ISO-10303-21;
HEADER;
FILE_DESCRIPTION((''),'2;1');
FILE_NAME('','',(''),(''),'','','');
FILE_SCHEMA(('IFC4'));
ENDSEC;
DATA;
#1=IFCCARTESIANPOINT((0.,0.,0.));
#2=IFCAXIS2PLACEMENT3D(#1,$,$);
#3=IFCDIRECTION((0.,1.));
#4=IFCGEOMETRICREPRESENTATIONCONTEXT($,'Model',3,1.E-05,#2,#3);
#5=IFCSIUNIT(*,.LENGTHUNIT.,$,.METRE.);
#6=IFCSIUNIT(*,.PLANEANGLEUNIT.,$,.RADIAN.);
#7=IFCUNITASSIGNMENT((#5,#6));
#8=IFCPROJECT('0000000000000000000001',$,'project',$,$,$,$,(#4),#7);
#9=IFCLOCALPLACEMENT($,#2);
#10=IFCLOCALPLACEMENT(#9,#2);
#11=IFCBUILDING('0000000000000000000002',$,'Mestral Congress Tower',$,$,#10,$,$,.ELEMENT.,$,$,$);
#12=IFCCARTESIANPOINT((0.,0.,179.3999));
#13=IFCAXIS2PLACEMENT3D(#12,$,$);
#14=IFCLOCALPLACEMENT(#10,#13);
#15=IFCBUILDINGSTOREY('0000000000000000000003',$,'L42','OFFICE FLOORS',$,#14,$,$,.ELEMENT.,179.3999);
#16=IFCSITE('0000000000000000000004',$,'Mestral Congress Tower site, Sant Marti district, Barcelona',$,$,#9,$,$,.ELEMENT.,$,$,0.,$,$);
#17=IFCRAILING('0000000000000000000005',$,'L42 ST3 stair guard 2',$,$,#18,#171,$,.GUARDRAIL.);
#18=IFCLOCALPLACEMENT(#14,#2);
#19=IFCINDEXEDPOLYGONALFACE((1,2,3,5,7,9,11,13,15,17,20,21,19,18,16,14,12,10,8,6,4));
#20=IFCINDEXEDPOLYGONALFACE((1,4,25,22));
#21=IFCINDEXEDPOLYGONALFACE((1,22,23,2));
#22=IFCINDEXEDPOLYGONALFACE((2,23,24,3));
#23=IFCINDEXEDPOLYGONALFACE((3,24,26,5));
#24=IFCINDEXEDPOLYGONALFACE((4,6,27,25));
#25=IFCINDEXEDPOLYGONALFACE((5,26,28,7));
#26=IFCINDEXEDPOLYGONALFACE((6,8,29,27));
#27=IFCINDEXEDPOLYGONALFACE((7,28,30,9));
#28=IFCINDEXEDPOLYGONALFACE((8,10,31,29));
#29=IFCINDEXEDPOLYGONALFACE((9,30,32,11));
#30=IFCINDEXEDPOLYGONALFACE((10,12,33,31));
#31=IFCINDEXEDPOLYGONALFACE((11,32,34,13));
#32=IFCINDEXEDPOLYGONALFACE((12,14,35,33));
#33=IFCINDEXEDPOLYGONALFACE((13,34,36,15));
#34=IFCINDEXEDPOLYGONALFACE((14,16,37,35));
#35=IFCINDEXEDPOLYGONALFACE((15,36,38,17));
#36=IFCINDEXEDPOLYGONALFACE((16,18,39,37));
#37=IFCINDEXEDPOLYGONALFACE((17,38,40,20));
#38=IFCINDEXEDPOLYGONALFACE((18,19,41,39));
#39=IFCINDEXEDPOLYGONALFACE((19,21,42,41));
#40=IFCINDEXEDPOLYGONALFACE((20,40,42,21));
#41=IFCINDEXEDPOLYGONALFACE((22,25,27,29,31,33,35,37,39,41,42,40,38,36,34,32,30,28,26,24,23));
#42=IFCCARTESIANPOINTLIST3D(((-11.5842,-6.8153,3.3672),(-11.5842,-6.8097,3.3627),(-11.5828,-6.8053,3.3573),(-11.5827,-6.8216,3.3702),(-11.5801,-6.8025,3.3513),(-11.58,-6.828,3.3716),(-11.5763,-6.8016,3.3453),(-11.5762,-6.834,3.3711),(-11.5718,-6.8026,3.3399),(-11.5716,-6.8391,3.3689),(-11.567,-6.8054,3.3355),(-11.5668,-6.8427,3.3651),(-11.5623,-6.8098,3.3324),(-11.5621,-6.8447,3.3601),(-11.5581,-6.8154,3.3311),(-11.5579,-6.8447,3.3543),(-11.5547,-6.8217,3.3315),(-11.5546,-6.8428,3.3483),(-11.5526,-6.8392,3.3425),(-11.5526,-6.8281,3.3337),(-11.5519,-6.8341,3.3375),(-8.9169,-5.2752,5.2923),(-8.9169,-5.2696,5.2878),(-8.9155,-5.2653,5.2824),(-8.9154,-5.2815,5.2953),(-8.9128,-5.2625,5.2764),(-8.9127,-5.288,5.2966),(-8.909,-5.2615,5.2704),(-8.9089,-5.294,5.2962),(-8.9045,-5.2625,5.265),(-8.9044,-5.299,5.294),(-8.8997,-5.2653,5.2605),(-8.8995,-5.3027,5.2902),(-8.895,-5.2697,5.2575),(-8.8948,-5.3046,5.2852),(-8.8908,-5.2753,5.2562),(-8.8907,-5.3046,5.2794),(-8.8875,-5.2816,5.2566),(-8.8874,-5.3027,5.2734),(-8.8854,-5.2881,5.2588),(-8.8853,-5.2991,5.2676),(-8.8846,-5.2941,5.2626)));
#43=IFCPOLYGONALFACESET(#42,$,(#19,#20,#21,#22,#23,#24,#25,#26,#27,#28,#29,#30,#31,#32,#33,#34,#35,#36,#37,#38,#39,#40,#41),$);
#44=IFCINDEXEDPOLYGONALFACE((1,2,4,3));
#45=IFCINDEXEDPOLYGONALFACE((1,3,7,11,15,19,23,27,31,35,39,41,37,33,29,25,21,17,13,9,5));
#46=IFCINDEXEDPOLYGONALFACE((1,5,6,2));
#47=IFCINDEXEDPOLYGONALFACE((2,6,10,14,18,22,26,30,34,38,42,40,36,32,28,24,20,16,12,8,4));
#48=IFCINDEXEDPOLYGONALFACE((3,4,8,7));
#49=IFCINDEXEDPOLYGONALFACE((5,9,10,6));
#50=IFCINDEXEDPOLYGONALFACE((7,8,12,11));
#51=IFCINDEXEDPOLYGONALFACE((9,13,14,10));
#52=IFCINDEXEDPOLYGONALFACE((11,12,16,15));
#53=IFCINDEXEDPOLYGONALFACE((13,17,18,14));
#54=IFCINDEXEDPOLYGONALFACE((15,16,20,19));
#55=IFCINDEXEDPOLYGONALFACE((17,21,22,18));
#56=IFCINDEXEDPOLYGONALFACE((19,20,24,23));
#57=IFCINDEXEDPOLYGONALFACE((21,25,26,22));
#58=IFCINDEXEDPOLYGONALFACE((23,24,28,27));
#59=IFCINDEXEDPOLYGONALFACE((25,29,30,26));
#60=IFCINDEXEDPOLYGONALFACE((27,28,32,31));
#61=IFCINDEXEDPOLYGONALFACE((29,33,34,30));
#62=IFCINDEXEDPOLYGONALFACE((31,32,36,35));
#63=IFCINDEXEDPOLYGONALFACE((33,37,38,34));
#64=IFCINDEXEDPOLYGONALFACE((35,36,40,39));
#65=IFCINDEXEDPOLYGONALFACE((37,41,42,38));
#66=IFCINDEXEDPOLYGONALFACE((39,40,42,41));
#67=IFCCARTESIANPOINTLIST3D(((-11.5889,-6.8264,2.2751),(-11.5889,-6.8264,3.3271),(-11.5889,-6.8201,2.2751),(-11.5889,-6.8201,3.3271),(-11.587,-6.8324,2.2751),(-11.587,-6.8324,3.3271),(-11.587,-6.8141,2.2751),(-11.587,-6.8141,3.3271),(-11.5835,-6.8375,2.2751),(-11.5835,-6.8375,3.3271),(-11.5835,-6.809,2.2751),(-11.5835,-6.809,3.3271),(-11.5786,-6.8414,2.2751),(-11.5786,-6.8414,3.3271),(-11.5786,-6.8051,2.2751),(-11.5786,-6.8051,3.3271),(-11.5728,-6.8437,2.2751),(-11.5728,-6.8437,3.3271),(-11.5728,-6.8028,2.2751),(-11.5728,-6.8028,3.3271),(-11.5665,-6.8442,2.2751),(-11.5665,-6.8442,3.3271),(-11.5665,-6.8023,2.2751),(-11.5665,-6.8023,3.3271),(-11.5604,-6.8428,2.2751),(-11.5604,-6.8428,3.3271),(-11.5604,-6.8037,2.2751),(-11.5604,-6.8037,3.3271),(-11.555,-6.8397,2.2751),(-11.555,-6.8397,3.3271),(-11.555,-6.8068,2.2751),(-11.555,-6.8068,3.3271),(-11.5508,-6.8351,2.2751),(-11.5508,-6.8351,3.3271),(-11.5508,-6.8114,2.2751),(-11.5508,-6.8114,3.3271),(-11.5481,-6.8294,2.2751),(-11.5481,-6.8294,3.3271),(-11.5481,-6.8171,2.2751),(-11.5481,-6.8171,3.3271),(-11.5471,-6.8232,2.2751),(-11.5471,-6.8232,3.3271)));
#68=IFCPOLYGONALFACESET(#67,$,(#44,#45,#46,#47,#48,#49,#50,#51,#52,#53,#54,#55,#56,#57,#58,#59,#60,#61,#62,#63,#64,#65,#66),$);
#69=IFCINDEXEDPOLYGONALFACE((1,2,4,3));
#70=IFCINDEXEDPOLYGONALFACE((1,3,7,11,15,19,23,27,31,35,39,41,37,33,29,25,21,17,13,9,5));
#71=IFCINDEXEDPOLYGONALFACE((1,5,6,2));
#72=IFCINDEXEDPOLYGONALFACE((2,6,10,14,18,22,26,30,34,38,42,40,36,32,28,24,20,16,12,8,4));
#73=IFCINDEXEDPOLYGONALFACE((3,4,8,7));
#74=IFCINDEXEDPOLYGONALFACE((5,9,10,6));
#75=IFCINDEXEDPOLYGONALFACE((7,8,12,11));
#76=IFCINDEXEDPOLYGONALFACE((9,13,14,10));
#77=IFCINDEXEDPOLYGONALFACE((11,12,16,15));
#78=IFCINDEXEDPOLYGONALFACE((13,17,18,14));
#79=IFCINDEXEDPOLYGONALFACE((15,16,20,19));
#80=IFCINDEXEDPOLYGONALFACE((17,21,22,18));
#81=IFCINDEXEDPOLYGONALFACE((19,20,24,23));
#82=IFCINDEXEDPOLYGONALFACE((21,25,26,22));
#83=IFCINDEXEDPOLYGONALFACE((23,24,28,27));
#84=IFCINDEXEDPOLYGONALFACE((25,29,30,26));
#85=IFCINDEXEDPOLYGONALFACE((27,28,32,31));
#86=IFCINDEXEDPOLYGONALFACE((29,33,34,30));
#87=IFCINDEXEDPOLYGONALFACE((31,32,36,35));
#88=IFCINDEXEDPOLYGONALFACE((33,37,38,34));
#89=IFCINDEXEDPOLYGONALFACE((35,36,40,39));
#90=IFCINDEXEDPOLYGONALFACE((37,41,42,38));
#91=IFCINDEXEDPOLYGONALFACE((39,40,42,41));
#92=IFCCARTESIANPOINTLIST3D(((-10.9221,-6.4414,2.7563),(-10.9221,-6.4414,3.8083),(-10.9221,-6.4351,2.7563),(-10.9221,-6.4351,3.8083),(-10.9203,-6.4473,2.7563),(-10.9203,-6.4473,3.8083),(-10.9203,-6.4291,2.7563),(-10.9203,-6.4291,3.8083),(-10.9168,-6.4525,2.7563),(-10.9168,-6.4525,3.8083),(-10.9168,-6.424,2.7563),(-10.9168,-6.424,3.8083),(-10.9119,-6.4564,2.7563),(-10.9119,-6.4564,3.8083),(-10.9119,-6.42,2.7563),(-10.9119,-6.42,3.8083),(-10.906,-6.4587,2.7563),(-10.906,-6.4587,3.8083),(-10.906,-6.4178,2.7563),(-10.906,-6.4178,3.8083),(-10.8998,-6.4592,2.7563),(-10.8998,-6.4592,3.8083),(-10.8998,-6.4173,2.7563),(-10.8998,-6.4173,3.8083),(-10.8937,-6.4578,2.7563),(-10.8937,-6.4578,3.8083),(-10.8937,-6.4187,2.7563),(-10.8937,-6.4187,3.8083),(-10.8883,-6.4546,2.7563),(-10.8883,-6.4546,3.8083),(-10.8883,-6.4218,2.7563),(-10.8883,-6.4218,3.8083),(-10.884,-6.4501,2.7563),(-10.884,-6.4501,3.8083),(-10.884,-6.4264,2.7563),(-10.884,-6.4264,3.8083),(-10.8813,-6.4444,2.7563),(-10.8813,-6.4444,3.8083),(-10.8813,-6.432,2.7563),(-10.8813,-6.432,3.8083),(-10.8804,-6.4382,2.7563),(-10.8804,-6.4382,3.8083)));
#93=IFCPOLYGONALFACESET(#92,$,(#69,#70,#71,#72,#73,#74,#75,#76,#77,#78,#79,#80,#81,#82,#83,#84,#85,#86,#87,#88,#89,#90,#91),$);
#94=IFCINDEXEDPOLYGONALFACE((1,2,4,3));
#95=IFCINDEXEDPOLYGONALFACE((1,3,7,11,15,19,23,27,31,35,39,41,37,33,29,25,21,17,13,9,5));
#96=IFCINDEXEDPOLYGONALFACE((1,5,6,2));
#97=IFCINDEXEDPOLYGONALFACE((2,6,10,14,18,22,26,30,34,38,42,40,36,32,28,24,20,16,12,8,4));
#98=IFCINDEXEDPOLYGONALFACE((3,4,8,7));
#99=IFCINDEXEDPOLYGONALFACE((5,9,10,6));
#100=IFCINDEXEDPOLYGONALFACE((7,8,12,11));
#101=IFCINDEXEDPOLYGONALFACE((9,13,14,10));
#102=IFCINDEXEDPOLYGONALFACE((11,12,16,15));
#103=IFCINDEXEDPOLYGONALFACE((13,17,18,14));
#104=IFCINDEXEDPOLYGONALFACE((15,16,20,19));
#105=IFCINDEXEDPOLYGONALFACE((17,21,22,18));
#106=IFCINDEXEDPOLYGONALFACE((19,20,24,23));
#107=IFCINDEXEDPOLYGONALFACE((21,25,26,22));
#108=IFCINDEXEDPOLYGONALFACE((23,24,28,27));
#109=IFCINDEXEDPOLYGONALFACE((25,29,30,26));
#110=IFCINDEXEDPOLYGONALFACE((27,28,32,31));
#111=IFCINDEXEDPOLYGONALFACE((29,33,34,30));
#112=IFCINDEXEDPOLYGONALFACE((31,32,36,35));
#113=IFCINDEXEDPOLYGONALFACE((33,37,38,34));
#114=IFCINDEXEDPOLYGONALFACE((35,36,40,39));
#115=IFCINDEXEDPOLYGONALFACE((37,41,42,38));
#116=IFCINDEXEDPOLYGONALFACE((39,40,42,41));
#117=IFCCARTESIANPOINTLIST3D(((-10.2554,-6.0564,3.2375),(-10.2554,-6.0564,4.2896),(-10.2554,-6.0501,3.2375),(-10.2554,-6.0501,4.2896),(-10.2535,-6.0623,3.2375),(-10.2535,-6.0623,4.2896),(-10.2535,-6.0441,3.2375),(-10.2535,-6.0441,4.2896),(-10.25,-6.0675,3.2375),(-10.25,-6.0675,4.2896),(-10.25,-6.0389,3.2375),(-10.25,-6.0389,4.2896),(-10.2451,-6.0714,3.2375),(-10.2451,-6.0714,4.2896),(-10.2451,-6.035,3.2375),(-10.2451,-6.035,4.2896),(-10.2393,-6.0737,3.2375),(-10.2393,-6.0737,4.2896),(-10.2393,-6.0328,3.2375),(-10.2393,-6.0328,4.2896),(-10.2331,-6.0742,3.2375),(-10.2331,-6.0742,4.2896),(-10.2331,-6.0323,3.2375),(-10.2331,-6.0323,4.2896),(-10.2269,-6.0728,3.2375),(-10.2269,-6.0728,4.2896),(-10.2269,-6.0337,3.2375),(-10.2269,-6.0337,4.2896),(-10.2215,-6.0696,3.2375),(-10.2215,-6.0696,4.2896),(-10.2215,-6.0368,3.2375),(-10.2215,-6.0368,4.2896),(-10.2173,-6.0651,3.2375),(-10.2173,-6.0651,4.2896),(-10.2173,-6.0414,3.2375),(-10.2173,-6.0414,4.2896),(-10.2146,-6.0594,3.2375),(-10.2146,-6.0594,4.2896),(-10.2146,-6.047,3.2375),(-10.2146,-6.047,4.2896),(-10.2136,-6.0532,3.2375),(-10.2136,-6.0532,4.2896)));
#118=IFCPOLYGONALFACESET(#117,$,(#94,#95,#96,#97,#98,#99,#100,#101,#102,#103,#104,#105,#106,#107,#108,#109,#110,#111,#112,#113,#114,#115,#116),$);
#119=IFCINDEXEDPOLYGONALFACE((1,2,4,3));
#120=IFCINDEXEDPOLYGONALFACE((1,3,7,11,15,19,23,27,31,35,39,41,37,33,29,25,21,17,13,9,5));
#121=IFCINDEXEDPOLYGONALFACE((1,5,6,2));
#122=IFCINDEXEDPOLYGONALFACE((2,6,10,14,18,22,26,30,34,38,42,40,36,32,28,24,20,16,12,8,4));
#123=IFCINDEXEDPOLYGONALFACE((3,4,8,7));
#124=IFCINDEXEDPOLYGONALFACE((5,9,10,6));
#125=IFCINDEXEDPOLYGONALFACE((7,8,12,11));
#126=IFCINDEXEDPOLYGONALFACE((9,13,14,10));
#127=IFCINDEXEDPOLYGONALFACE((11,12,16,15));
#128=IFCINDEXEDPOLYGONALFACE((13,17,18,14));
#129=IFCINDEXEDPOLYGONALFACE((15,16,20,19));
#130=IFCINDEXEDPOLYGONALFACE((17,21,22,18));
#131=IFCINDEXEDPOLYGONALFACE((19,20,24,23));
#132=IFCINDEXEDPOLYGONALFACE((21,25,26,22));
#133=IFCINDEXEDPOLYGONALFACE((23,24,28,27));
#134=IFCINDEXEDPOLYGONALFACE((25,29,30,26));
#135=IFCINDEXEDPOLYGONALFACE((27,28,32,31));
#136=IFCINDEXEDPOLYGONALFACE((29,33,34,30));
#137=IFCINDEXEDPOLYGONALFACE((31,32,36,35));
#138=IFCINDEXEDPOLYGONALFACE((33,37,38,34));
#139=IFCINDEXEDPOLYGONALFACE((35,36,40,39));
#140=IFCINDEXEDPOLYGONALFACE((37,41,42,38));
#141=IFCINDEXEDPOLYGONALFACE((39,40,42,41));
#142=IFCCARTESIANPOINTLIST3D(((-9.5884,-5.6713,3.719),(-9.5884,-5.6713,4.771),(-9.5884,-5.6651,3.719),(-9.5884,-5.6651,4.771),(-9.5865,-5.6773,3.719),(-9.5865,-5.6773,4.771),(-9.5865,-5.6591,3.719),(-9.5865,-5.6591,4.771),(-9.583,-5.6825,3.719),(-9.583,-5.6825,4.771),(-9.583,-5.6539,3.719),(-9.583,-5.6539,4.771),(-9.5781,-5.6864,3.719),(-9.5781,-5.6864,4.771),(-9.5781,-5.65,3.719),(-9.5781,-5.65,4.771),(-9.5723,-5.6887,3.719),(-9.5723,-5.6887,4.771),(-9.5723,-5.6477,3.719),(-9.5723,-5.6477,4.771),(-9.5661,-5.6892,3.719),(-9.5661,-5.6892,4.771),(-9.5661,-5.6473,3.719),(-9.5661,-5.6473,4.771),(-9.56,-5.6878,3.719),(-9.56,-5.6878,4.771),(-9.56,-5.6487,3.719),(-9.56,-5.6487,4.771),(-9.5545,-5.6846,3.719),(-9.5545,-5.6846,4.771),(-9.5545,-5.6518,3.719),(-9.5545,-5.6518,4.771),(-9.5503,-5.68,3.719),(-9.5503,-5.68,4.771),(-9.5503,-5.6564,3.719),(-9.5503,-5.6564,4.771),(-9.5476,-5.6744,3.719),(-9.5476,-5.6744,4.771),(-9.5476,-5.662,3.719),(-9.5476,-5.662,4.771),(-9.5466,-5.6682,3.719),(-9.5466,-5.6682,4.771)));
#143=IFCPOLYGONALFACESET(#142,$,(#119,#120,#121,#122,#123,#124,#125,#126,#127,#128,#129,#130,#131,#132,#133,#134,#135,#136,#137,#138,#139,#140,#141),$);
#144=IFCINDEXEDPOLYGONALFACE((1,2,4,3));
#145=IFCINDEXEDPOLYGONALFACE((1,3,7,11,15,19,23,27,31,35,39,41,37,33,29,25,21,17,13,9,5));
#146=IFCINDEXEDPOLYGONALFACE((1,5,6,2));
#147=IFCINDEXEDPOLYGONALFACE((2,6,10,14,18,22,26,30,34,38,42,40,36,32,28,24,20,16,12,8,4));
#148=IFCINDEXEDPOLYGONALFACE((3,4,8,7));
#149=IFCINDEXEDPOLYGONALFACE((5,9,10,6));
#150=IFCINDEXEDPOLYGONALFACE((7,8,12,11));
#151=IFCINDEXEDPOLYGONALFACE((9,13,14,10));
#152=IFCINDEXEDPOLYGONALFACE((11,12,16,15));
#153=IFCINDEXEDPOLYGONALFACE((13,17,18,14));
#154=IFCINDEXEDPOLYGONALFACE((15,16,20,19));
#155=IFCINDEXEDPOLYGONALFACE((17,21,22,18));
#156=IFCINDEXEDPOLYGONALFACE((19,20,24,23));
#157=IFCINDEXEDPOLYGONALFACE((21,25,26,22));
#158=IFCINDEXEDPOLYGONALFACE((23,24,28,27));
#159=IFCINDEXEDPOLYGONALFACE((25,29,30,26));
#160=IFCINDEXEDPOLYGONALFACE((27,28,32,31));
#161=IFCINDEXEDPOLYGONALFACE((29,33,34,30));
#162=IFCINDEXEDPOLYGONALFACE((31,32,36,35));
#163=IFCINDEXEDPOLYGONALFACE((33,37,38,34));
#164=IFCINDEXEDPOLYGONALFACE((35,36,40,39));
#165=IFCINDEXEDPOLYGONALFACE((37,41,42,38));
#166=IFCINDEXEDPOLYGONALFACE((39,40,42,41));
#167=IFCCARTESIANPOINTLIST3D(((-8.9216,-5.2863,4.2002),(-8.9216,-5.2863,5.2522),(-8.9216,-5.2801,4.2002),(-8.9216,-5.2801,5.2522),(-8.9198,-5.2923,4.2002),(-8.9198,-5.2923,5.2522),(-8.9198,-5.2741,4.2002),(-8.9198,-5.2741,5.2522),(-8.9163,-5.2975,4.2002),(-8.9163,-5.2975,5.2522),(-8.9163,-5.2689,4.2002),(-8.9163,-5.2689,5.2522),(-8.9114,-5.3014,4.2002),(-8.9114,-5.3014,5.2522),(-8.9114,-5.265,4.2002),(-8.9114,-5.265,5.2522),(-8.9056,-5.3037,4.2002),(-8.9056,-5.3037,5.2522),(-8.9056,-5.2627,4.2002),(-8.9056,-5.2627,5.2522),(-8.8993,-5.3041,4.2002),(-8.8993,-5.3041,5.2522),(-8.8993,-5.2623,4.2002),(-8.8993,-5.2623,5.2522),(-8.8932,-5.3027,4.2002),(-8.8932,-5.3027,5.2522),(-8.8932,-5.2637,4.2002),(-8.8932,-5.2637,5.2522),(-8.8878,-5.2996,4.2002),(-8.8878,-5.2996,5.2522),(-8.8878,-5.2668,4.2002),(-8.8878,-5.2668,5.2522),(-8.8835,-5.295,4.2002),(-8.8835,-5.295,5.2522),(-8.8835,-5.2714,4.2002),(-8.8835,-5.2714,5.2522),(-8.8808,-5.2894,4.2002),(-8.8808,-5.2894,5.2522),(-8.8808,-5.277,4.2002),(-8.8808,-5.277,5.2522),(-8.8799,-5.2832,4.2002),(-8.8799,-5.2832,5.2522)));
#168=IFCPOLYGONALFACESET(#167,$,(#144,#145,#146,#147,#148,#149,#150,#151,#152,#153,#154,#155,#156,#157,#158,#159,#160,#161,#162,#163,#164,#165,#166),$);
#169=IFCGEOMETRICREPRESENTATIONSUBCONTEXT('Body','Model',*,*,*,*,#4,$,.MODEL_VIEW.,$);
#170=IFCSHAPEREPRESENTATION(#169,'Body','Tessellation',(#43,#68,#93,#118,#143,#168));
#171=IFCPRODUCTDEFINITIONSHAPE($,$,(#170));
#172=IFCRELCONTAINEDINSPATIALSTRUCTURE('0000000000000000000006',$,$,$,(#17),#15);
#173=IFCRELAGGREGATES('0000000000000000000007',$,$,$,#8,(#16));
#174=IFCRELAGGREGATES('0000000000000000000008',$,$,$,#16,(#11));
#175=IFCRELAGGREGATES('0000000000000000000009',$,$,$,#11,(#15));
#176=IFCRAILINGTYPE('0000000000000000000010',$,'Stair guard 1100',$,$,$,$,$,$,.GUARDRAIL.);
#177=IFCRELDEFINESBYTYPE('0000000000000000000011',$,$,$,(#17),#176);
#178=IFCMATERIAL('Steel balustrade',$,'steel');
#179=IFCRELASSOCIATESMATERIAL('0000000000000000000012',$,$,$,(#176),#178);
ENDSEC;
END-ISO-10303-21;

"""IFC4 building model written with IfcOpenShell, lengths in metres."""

from ifc_helpers import new_model, si_unit, direction, frame, origin, origin_2d, place, context, subcontext, project, spatial, circle, extrude, material, type_object, element, save


model = new_model("IFC4")

# Units and contexts
model_context = context("Model", 3, precision=1e-05, world=origin(), true_north=direction((0.0, 1.0)))
body_context = subcontext(model_context, "Body", "Model", "MODEL_VIEW")
ifc_project = project(units=[si_unit("LENGTHUNIT", "METRE"), si_unit("PLANEANGLEUNIT", "RADIAN")], contexts=[model_context])

# Site, building, storey
site_placement = place(None, origin())
site = spatial("IfcSite", under=ifc_project, at=site_placement, Name="Mestral Congress Tower site, Sant Marti district, Barcelona", CompositionType="ELEMENT", RefElevation=0.0)
building_placement = place(site_placement, origin())
building = spatial("IfcBuilding", under=site, at=building_placement, Name="Mestral Congress Tower", CompositionType="ELEMENT")
storey_placement = place(building_placement, frame((0.0, 0.0, 179.3999)))
storey = spatial("IfcBuildingStorey", under=building, at=storey_placement, Name="L42", Description="OFFICE FLOORS", CompositionType="ELEMENT", Elevation=179.3999)

# Railing
ifc_material_1 = material(Name="Steel balustrade", Category="steel")
railing_type_1 = type_object("IfcRailingType", Name="Stair guard 1100", PredefinedType="GUARDRAIL", material=ifc_material_1)
railing_1_placement = place(storey_placement, frame((-11.5681, -6.8232, 2.2751)))
element("IfcRailing", 1, at=railing_1_placement, inside=storey, type_object=railing_type_1, Name="L42 ST3 stair guard 2", PredefinedType="GUARDRAIL", context=body_context, shape_type="SweptSolid", body=[
    extrude(circle(Radius=0.0239, at=origin_2d()), frame((0.0, 0.0, 1.0762), z_axis=(0.734364, 0.424015, 0.530019), x_axis=(-0.500027, 0.86601, 0.0)), (0.0, 0.0, 1.0), 3.6321),
    extrude(circle(Radius=0.021, at=origin_2d()), origin(), (0.0, 0.0, 1.0), 1.052),
    extrude(circle(Radius=0.021, at=origin_2d()), frame((0.6667, 0.385, 0.4812)), (0.0, 0.0, 1.0), 1.052),
    extrude(circle(Radius=0.021, at=origin_2d()), frame((1.3335, 0.77, 0.9624)), (0.0, 0.0, 1.0), 1.052),
    extrude(circle(Radius=0.021, at=origin_2d()), frame((2.0005, 1.155, 1.4438)), (0.0, 0.0, 1.0), 1.052),
    extrude(circle(Radius=0.021, at=origin_2d()), frame((2.6672, 1.54, 1.925)), (0.0, 0.0, 1.0), 1.052),
])

save(model, "model.ifc")
